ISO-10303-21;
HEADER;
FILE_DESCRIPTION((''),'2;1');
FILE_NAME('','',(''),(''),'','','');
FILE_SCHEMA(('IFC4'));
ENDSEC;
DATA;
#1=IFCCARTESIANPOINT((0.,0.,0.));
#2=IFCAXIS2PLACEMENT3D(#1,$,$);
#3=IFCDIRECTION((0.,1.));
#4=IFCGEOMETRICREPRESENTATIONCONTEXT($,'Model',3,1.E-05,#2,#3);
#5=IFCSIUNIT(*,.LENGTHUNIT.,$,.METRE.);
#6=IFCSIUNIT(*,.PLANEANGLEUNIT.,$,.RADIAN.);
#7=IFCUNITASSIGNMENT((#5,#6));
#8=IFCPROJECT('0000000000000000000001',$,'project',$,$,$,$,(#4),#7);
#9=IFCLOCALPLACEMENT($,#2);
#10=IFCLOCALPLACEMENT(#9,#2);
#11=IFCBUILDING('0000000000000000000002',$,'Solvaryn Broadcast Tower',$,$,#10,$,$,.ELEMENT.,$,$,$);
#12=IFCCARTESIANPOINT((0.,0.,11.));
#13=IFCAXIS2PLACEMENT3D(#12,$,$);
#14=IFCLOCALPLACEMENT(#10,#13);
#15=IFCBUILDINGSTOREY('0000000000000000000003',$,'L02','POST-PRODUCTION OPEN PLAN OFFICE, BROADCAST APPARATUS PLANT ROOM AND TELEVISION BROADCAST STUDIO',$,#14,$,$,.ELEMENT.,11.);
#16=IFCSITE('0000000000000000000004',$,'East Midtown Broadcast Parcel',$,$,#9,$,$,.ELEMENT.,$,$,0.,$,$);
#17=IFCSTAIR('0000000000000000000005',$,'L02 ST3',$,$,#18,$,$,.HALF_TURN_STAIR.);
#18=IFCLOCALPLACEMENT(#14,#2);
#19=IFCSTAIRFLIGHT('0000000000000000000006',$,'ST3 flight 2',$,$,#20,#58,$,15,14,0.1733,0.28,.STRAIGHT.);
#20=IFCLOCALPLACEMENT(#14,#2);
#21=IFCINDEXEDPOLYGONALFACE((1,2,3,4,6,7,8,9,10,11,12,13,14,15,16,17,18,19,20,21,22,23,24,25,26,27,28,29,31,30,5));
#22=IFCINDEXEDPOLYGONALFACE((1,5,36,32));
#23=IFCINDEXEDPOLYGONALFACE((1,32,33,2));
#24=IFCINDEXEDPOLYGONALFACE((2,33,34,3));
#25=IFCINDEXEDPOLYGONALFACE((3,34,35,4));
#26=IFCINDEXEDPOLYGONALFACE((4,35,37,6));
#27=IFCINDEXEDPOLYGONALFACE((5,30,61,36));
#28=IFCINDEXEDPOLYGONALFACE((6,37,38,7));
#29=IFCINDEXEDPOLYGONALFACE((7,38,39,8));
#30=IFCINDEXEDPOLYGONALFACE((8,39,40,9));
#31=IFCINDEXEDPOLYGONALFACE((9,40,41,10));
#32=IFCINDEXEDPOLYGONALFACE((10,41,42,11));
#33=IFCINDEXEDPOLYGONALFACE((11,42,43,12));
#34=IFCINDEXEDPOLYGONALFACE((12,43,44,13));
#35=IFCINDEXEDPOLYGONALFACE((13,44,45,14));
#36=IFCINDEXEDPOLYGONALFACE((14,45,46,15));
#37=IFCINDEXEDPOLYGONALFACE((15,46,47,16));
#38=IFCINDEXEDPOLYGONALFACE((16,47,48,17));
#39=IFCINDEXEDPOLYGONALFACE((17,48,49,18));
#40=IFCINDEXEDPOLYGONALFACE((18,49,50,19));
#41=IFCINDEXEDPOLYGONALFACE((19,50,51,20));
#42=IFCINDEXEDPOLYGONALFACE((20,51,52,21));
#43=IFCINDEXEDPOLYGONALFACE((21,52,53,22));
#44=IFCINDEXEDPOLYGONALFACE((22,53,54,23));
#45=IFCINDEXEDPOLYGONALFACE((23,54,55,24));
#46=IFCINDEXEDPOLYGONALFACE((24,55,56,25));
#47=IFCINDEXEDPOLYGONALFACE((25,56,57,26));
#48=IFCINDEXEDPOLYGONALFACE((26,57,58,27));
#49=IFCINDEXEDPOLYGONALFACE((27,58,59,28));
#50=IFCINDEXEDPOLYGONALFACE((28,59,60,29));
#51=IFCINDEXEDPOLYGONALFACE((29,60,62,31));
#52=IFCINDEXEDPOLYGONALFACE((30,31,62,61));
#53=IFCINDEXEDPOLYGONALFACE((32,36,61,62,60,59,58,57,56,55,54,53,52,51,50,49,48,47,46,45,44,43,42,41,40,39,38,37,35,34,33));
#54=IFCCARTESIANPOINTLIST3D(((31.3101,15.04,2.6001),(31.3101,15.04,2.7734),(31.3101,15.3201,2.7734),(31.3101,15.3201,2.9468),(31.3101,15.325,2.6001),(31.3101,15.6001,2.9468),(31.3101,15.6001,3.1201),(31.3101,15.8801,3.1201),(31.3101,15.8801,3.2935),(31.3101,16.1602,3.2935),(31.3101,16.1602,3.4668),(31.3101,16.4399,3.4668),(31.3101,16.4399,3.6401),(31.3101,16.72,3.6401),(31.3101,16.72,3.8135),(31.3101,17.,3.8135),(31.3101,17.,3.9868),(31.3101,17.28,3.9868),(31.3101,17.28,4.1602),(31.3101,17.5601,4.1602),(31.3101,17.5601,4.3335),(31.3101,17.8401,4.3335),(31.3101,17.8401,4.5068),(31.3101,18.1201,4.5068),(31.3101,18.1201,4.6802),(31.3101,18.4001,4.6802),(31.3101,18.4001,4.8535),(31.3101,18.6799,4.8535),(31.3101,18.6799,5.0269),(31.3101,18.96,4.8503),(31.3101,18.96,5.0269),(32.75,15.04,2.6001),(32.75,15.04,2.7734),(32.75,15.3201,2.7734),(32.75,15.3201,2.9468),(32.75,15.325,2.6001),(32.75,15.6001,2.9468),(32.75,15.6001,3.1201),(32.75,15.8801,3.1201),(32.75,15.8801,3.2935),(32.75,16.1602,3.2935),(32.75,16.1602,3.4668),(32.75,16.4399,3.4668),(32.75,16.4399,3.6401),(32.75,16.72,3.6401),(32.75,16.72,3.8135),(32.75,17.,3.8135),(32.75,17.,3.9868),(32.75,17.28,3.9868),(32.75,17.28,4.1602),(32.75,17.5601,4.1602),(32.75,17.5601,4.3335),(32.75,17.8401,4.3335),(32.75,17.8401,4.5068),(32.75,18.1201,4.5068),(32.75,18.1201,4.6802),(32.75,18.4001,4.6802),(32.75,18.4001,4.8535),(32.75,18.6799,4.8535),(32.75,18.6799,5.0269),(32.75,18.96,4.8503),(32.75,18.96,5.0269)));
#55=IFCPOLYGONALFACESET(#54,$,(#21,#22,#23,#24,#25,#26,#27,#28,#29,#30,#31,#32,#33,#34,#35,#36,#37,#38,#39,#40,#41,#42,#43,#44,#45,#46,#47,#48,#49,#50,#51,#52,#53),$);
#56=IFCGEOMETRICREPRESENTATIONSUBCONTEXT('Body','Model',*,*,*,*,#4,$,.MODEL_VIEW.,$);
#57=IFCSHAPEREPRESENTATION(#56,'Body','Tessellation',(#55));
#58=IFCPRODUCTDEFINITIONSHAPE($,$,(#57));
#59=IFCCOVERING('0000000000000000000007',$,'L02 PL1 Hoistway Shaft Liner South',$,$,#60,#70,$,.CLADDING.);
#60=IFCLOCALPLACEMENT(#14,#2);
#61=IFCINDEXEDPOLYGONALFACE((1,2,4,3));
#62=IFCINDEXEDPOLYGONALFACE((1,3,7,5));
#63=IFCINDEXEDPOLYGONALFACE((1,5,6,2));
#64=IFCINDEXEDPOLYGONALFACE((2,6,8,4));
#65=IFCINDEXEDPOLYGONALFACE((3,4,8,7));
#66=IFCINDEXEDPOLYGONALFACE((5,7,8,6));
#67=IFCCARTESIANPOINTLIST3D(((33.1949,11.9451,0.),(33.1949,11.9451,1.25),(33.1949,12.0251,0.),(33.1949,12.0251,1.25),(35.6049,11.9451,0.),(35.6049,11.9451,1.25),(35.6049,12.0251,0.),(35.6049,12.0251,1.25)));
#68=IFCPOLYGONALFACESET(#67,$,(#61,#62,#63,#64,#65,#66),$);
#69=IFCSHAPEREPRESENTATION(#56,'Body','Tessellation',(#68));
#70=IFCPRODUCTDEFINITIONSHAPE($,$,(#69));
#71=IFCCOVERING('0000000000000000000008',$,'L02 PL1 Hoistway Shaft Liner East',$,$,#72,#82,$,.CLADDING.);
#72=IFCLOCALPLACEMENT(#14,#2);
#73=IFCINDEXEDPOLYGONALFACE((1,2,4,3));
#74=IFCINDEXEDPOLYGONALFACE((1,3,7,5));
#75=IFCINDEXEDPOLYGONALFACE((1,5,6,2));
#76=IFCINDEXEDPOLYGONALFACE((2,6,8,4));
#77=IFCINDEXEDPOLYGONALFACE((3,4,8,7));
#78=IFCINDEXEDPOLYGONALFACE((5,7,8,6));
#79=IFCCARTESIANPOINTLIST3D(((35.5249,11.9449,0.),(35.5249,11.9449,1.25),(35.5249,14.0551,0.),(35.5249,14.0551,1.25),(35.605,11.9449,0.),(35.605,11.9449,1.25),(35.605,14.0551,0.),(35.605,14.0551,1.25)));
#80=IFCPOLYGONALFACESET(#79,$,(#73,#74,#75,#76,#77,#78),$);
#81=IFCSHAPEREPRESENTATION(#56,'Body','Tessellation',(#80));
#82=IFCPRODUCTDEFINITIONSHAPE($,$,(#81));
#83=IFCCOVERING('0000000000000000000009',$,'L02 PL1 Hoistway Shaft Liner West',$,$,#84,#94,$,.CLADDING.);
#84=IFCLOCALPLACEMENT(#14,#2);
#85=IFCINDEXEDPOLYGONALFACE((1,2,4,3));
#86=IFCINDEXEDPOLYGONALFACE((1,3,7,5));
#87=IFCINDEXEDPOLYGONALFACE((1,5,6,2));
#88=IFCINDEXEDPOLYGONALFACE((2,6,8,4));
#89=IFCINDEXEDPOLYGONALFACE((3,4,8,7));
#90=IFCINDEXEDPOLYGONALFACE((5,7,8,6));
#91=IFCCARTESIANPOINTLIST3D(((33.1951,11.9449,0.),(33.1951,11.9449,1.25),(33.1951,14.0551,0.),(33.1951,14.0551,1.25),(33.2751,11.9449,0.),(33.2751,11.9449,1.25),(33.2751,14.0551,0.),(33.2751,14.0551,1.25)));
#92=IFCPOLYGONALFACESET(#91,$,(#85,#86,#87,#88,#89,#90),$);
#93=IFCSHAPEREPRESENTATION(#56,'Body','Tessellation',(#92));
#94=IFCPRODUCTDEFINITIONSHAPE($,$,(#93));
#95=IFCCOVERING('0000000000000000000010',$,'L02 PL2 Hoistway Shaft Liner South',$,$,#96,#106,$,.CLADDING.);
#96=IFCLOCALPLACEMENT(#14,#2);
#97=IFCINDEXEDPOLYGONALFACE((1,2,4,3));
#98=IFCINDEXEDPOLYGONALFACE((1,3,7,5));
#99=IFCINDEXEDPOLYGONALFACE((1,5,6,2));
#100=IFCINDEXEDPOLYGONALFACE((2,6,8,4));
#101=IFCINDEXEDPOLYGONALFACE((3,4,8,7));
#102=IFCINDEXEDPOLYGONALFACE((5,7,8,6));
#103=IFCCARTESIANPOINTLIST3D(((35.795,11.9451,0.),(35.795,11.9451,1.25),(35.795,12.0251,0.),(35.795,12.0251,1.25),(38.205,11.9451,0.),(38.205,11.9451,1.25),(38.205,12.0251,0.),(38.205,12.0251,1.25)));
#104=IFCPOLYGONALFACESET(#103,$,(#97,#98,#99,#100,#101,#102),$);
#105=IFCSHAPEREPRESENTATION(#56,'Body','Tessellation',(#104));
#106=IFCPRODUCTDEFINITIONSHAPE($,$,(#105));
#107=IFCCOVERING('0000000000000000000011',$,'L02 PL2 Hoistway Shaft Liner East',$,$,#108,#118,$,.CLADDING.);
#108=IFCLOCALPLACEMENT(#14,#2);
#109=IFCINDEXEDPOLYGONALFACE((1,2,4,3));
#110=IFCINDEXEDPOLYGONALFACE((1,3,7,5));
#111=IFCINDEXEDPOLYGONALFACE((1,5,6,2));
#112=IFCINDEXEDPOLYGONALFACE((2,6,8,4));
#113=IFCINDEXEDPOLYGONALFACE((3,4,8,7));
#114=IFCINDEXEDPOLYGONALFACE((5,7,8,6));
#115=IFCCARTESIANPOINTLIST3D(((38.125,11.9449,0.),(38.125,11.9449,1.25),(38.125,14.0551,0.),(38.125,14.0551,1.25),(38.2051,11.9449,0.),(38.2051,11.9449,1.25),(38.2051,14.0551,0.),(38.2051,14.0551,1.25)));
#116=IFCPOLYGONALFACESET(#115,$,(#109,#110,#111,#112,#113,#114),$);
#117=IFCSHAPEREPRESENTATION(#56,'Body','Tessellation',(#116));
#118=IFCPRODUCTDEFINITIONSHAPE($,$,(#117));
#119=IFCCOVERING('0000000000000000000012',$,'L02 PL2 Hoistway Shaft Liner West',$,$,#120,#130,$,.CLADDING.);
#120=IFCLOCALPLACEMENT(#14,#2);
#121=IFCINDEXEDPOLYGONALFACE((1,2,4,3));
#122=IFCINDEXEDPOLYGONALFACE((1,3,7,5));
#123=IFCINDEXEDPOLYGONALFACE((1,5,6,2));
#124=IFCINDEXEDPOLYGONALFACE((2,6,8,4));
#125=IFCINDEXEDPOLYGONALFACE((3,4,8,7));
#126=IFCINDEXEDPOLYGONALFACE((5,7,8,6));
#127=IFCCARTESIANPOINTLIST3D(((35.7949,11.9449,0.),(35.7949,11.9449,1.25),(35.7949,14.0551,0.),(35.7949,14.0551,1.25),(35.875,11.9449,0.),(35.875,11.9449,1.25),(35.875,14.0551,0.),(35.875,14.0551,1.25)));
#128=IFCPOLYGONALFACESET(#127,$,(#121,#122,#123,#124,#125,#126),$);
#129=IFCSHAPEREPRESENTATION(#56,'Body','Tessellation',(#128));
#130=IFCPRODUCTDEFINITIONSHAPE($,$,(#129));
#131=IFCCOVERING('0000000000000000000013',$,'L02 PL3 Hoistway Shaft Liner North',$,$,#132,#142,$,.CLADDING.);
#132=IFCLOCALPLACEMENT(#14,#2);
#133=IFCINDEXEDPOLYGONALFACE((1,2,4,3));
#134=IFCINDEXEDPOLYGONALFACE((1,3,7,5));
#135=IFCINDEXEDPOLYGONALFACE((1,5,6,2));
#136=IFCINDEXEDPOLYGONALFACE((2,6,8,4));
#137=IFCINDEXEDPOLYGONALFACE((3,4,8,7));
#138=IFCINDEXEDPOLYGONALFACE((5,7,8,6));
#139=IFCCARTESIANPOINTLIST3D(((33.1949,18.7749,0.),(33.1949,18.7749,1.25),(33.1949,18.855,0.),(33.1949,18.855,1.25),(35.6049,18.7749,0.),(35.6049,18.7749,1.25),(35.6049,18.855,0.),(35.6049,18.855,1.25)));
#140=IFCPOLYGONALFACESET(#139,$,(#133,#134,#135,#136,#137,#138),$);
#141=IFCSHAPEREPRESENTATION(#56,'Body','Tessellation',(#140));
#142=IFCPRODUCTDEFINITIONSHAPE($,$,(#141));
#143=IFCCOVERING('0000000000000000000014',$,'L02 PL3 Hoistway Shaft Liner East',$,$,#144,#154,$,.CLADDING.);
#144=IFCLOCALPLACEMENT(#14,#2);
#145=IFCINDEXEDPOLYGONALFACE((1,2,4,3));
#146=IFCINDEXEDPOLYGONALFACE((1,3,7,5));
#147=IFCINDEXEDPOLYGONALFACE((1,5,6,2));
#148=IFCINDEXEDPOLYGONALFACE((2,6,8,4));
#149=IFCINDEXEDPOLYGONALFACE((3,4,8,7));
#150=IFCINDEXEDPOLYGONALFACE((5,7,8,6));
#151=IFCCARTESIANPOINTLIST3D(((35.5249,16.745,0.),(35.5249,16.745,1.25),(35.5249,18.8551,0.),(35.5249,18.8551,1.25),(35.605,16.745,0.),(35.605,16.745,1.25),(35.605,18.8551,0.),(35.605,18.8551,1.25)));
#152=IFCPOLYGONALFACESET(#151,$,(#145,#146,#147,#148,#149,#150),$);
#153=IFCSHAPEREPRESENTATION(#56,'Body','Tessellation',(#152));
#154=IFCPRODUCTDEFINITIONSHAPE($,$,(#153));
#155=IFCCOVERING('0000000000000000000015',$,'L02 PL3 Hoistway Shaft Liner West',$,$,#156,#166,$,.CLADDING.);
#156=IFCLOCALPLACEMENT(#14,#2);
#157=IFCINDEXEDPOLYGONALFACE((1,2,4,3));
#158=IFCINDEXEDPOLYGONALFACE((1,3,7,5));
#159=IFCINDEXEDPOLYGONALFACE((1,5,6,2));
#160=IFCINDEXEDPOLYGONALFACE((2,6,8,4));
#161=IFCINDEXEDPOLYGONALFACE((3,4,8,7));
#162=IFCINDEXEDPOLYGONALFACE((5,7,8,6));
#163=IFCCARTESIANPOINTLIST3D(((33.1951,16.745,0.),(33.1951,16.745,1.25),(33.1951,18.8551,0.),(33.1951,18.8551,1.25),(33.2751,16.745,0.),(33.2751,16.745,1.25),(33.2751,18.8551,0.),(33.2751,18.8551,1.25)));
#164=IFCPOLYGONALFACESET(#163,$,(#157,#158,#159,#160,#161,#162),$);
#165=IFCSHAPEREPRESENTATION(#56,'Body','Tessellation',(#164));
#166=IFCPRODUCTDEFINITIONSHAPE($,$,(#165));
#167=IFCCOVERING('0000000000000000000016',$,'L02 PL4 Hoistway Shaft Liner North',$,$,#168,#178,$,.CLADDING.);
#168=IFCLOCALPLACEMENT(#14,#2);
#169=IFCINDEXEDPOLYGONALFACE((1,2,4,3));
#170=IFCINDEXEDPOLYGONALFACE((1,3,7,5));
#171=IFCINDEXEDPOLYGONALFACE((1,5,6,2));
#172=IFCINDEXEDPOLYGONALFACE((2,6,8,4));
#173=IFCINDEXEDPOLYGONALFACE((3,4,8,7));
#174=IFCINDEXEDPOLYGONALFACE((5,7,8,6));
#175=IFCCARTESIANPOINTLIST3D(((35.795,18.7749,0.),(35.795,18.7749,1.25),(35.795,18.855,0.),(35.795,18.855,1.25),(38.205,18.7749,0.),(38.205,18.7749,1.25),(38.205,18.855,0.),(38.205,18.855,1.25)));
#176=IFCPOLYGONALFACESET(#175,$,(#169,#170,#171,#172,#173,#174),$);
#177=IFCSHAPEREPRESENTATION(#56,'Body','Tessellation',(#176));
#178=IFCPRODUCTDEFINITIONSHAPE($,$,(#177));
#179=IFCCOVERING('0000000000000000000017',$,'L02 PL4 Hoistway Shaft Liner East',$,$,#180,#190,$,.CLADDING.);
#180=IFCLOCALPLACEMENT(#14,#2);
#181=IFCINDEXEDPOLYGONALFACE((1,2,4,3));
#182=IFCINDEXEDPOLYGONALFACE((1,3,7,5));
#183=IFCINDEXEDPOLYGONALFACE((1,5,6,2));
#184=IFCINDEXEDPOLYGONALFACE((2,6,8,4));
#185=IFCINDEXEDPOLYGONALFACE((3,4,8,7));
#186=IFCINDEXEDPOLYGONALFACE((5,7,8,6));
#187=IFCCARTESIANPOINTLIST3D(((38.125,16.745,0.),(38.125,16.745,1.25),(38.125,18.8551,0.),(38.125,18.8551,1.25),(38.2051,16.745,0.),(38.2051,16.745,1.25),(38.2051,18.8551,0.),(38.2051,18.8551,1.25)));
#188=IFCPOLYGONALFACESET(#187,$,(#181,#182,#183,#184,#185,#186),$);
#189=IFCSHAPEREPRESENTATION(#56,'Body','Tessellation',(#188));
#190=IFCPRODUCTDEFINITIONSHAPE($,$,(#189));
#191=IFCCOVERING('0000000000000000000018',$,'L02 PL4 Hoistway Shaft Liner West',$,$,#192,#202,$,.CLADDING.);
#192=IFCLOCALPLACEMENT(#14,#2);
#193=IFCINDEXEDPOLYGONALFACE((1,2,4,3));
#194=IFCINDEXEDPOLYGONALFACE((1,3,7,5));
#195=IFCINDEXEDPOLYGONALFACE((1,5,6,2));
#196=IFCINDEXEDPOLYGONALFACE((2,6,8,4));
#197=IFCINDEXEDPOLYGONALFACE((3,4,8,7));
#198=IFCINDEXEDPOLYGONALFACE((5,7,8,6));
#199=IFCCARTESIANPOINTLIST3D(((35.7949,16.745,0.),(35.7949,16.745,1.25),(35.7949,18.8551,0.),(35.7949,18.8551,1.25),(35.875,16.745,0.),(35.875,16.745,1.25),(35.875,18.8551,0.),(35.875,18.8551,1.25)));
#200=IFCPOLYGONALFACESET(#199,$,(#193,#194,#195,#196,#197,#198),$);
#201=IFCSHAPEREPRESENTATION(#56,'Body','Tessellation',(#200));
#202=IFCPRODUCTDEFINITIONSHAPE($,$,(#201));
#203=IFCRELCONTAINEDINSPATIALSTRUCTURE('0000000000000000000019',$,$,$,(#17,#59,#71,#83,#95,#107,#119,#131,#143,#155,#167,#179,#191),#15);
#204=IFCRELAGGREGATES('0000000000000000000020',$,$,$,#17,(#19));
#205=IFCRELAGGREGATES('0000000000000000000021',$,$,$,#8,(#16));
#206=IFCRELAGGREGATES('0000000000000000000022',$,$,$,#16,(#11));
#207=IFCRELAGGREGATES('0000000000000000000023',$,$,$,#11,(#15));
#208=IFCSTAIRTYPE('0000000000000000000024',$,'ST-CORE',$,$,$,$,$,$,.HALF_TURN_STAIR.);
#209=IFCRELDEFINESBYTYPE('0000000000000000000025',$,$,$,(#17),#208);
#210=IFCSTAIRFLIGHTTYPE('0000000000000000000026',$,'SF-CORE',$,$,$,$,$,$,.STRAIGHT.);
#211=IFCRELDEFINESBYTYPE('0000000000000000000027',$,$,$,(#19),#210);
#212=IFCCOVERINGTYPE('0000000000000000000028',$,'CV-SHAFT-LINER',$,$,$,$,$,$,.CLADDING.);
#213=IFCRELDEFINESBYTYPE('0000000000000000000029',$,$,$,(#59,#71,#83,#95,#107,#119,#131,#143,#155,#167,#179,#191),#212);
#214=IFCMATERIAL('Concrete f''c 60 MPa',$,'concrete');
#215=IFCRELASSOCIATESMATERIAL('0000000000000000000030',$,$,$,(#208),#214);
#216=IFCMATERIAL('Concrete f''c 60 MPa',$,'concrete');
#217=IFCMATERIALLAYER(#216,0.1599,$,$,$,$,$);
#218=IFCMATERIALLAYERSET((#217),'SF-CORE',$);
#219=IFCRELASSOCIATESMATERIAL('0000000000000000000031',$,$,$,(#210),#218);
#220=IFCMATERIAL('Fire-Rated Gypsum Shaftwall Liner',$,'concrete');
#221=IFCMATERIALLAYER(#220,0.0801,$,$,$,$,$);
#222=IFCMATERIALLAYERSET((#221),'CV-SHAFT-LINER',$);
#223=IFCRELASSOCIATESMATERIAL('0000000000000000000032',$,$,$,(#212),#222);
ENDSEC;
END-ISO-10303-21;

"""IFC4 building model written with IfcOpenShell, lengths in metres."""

from ifc_helpers import new_model, si_unit, direction, frame, origin, origin_2d, place, context, subcontext, project, spatial, polyline, rectangle, outline, extrude, material, layer, layer_set, type_object, element, aggregate, save


model = new_model("IFC4")

# Units and contexts
model_context = context("Model", 3, precision=1e-05, world=origin(), true_north=direction((0.0, 1.0)))
body_context = subcontext(model_context, "Body", "Model", "MODEL_VIEW")
ifc_project = project(units=[si_unit("LENGTHUNIT", "METRE"), si_unit("PLANEANGLEUNIT", "RADIAN")], contexts=[model_context])

# Site, building, storey
site_placement = place(None, origin())
site = spatial("IfcSite", under=ifc_project, at=site_placement, Name="East Midtown Broadcast Parcel", CompositionType="ELEMENT", RefElevation=0.0)
building_placement = place(site_placement, origin())
building = spatial("IfcBuilding", under=site, at=building_placement, Name="Solvaryn Broadcast Tower", CompositionType="ELEMENT")
storey_placement = place(building_placement, frame((0.0, 0.0, 11.0)))
storey = spatial("IfcBuildingStorey", under=building, at=storey_placement, Name="L02", Description="POST-PRODUCTION OPEN PLAN OFFICE, BROADCAST APPARATUS PLANT ROOM AND TELEVISION BROADCAST STUDIO", CompositionType="ELEMENT", Elevation=11.0)

# Stair, stair flight
ifc_material_1 = material(Name="Concrete f'c 60 MPa", Category="concrete")
stair_type = type_object("IfcStairType", Name="ST-CORE", PredefinedType="HALF_TURN_STAIR", material=ifc_material_1)
stair_placement = place(storey_placement, origin())
stair = element("IfcStair", 1, at=stair_placement, inside=storey, type_object=stair_type, Name="L02 ST3", PredefinedType="HALF_TURN_STAIR")
ifc_material_2 = material(Name="Concrete f'c 60 MPa", Category="concrete")
ifc_layer_1 = layer(ifc_material_2, 0.1599)
ifc_layer_set_1 = layer_set([ifc_layer_1], Name="SF-CORE")
stair_flight_type = type_object("IfcStairFlightType", Name="SF-CORE", PredefinedType="STRAIGHT", material=ifc_layer_set_1)
stair_flight_placement = place(storey_placement, frame((32.03, 15.04, 2.6001), z_axis=(0.0, 0.0, 1.0), x_axis=(0.0, 1.0, 0.0)))
stair_flight = element("IfcStairFlight", 2, at=stair_flight_placement, type_object=stair_flight_type, Name="ST3 flight 2", NumberOfRisers=15, NumberOfTreads=14, PredefinedType="STRAIGHT", RiserHeight=0.1733, TreadLength=0.28, context=body_context, shape_type="SweptSolid", body=[
    extrude(outline(polyline([(0.0, 0.0), (0.0, 0.1733), (0.28, 0.1733), (0.28, 0.3467), (0.5601, 0.3467), (0.5601, 0.52), (0.8401, 0.52), (0.8401, 0.6934), (1.1201, 0.6934), (1.1201, 0.8667), (1.3999, 0.8667), (1.3999, 1.04), (1.6799, 1.04), (1.6799, 1.2134), (1.96, 1.2134), (1.96, 1.3867), (2.24, 1.3867), (2.24, 1.5601), (2.52, 1.5601), (2.52, 1.7334), (2.8, 1.7334), (2.8, 1.9067), (3.0801, 1.9067), (3.0801, 2.0801), (3.3601, 2.0801), (3.3601, 2.2534), (3.6399, 2.2534), (3.6399, 2.4268), (3.9199, 2.4268), (3.9199, 2.6001), (3.9199, 2.2502), (0.2849, 0.0), (0.0, 0.0)])), frame((0.0, 0.72, 0.0), z_axis=(0.0, -1.0, 0.0), x_axis=(1.0, 0.0, 0.0)), (0.0, 0.0, 1.0), 1.4399),
])
aggregate(stair, [stair_flight])

# Coverings
ifc_material_3 = material(Name="Fire-Rated Gypsum Shaftwall Liner", Category="concrete")
ifc_layer_2 = layer(ifc_material_3, 0.0801)
ifc_layer_set_2 = layer_set([ifc_layer_2], Name="CV-SHAFT-LINER")
covering_type = type_object("IfcCoveringType", Name="CV-SHAFT-LINER", PredefinedType="CLADDING", material=ifc_layer_set_2)
covering_1_placement = place(storey_placement, frame((34.3999, 11.9851, 0.0), z_axis=(0.0, 0.0, 1.0), x_axis=(1.0, 0.0, 0.0)))
element("IfcCovering", 3, at=covering_1_placement, inside=storey, type_object=covering_type, Name="L02 PL1 Hoistway Shaft Liner South", PredefinedType="CLADDING", context=body_context, shape_type="SweptSolid", body=[
    extrude(rectangle(XDim=2.4099, YDim=0.0801, at=origin_2d()), origin(), (0.0, 0.0, 1.0), 1.25),
])
for number, where, z_axis, x_axis, name in (
    (4, (35.5649, 13.0, 0.0), (0.0, 0.0, 1.0), (1.0, 0.0, 0.0), "L02 PL1 Hoistway Shaft Liner East"),
    (5, (33.2351, 13.0, 0.0), (0.0, 0.0, 1.0), (1.0, 0.0, 0.0), "L02 PL1 Hoistway Shaft Liner West"),
):
    element("IfcCovering", number, at=place(storey_placement, frame(where, z_axis=z_axis, x_axis=x_axis)), inside=storey, type_object=covering_type, Name=name, PredefinedType="CLADDING", context=body_context, shape_type="SweptSolid", body=[
        extrude(rectangle(XDim=0.0801, YDim=2.1101, at=origin_2d()), origin(), (0.0, 0.0, 1.0), 1.25),
    ])
covering_2_placement = place(storey_placement, frame((37.0, 11.9851, 0.0), z_axis=(0.0, 0.0, 1.0), x_axis=(1.0, 0.0, 0.0)))
element("IfcCovering", 6, at=covering_2_placement, inside=storey, type_object=covering_type, Name="L02 PL2 Hoistway Shaft Liner South", PredefinedType="CLADDING", context=body_context, shape_type="SweptSolid", body=[
    extrude(rectangle(XDim=2.4099, YDim=0.0801, at=origin_2d()), origin(), (0.0, 0.0, 1.0), 1.25),
])
for number, where, z_axis, x_axis, name in (
    (7, (38.165, 13.0, 0.0), (0.0, 0.0, 1.0), (1.0, 0.0, 0.0), "L02 PL2 Hoistway Shaft Liner East"),
    (8, (35.835, 13.0, 0.0), (0.0, 0.0, 1.0), (1.0, 0.0, 0.0), "L02 PL2 Hoistway Shaft Liner West"),
):
    element("IfcCovering", number, at=place(storey_placement, frame(where, z_axis=z_axis, x_axis=x_axis)), inside=storey, type_object=covering_type, Name=name, PredefinedType="CLADDING", context=body_context, shape_type="SweptSolid", body=[
        extrude(rectangle(XDim=0.0801, YDim=2.1101, at=origin_2d()), origin(), (0.0, 0.0, 1.0), 1.25),
    ])
covering_3_placement = place(storey_placement, frame((34.3999, 18.8149, 0.0), z_axis=(0.0, 0.0, 1.0), x_axis=(1.0, 0.0, 0.0)))
element("IfcCovering", 9, at=covering_3_placement, inside=storey, type_object=covering_type, Name="L02 PL3 Hoistway Shaft Liner North", PredefinedType="CLADDING", context=body_context, shape_type="SweptSolid", body=[
    extrude(rectangle(XDim=2.4099, YDim=0.0801, at=origin_2d()), origin(), (0.0, 0.0, 1.0), 1.25),
])
for number, where, z_axis, x_axis, name in (
    (10, (35.5649, 17.8, 0.0), (0.0, 0.0, 1.0), (1.0, 0.0, 0.0), "L02 PL3 Hoistway Shaft Liner East"),
    (11, (33.2351, 17.8, 0.0), (0.0, 0.0, 1.0), (1.0, 0.0, 0.0), "L02 PL3 Hoistway Shaft Liner West"),
):
    element("IfcCovering", number, at=place(storey_placement, frame(where, z_axis=z_axis, x_axis=x_axis)), inside=storey, type_object=covering_type, Name=name, PredefinedType="CLADDING", context=body_context, shape_type="SweptSolid", body=[
        extrude(rectangle(XDim=0.0801, YDim=2.1101, at=origin_2d()), origin(), (0.0, 0.0, 1.0), 1.25),
    ])
covering_4_placement = place(storey_placement, frame((37.0, 18.8149, 0.0), z_axis=(0.0, 0.0, 1.0), x_axis=(1.0, 0.0, 0.0)))
element("IfcCovering", 12, at=covering_4_placement, inside=storey, type_object=covering_type, Name="L02 PL4 Hoistway Shaft Liner North", PredefinedType="CLADDING", context=body_context, shape_type="SweptSolid", body=[
    extrude(rectangle(XDim=2.4099, YDim=0.0801, at=origin_2d()), origin(), (0.0, 0.0, 1.0), 1.25),
])
for number, where, z_axis, x_axis, name in (
    (13, (38.165, 17.8, 0.0), (0.0, 0.0, 1.0), (1.0, 0.0, 0.0), "L02 PL4 Hoistway Shaft Liner East"),
    (14, (35.835, 17.8, 0.0), (0.0, 0.0, 1.0), (1.0, 0.0, 0.0), "L02 PL4 Hoistway Shaft Liner West"),
):
    element("IfcCovering", number, at=place(storey_placement, frame(where, z_axis=z_axis, x_axis=x_axis)), inside=storey, type_object=covering_type, Name=name, PredefinedType="CLADDING", context=body_context, shape_type="SweptSolid", body=[
        extrude(rectangle(XDim=0.0801, YDim=2.1101, at=origin_2d()), origin(), (0.0, 0.0, 1.0), 1.25),
    ])

save(model, "model.ifc")
